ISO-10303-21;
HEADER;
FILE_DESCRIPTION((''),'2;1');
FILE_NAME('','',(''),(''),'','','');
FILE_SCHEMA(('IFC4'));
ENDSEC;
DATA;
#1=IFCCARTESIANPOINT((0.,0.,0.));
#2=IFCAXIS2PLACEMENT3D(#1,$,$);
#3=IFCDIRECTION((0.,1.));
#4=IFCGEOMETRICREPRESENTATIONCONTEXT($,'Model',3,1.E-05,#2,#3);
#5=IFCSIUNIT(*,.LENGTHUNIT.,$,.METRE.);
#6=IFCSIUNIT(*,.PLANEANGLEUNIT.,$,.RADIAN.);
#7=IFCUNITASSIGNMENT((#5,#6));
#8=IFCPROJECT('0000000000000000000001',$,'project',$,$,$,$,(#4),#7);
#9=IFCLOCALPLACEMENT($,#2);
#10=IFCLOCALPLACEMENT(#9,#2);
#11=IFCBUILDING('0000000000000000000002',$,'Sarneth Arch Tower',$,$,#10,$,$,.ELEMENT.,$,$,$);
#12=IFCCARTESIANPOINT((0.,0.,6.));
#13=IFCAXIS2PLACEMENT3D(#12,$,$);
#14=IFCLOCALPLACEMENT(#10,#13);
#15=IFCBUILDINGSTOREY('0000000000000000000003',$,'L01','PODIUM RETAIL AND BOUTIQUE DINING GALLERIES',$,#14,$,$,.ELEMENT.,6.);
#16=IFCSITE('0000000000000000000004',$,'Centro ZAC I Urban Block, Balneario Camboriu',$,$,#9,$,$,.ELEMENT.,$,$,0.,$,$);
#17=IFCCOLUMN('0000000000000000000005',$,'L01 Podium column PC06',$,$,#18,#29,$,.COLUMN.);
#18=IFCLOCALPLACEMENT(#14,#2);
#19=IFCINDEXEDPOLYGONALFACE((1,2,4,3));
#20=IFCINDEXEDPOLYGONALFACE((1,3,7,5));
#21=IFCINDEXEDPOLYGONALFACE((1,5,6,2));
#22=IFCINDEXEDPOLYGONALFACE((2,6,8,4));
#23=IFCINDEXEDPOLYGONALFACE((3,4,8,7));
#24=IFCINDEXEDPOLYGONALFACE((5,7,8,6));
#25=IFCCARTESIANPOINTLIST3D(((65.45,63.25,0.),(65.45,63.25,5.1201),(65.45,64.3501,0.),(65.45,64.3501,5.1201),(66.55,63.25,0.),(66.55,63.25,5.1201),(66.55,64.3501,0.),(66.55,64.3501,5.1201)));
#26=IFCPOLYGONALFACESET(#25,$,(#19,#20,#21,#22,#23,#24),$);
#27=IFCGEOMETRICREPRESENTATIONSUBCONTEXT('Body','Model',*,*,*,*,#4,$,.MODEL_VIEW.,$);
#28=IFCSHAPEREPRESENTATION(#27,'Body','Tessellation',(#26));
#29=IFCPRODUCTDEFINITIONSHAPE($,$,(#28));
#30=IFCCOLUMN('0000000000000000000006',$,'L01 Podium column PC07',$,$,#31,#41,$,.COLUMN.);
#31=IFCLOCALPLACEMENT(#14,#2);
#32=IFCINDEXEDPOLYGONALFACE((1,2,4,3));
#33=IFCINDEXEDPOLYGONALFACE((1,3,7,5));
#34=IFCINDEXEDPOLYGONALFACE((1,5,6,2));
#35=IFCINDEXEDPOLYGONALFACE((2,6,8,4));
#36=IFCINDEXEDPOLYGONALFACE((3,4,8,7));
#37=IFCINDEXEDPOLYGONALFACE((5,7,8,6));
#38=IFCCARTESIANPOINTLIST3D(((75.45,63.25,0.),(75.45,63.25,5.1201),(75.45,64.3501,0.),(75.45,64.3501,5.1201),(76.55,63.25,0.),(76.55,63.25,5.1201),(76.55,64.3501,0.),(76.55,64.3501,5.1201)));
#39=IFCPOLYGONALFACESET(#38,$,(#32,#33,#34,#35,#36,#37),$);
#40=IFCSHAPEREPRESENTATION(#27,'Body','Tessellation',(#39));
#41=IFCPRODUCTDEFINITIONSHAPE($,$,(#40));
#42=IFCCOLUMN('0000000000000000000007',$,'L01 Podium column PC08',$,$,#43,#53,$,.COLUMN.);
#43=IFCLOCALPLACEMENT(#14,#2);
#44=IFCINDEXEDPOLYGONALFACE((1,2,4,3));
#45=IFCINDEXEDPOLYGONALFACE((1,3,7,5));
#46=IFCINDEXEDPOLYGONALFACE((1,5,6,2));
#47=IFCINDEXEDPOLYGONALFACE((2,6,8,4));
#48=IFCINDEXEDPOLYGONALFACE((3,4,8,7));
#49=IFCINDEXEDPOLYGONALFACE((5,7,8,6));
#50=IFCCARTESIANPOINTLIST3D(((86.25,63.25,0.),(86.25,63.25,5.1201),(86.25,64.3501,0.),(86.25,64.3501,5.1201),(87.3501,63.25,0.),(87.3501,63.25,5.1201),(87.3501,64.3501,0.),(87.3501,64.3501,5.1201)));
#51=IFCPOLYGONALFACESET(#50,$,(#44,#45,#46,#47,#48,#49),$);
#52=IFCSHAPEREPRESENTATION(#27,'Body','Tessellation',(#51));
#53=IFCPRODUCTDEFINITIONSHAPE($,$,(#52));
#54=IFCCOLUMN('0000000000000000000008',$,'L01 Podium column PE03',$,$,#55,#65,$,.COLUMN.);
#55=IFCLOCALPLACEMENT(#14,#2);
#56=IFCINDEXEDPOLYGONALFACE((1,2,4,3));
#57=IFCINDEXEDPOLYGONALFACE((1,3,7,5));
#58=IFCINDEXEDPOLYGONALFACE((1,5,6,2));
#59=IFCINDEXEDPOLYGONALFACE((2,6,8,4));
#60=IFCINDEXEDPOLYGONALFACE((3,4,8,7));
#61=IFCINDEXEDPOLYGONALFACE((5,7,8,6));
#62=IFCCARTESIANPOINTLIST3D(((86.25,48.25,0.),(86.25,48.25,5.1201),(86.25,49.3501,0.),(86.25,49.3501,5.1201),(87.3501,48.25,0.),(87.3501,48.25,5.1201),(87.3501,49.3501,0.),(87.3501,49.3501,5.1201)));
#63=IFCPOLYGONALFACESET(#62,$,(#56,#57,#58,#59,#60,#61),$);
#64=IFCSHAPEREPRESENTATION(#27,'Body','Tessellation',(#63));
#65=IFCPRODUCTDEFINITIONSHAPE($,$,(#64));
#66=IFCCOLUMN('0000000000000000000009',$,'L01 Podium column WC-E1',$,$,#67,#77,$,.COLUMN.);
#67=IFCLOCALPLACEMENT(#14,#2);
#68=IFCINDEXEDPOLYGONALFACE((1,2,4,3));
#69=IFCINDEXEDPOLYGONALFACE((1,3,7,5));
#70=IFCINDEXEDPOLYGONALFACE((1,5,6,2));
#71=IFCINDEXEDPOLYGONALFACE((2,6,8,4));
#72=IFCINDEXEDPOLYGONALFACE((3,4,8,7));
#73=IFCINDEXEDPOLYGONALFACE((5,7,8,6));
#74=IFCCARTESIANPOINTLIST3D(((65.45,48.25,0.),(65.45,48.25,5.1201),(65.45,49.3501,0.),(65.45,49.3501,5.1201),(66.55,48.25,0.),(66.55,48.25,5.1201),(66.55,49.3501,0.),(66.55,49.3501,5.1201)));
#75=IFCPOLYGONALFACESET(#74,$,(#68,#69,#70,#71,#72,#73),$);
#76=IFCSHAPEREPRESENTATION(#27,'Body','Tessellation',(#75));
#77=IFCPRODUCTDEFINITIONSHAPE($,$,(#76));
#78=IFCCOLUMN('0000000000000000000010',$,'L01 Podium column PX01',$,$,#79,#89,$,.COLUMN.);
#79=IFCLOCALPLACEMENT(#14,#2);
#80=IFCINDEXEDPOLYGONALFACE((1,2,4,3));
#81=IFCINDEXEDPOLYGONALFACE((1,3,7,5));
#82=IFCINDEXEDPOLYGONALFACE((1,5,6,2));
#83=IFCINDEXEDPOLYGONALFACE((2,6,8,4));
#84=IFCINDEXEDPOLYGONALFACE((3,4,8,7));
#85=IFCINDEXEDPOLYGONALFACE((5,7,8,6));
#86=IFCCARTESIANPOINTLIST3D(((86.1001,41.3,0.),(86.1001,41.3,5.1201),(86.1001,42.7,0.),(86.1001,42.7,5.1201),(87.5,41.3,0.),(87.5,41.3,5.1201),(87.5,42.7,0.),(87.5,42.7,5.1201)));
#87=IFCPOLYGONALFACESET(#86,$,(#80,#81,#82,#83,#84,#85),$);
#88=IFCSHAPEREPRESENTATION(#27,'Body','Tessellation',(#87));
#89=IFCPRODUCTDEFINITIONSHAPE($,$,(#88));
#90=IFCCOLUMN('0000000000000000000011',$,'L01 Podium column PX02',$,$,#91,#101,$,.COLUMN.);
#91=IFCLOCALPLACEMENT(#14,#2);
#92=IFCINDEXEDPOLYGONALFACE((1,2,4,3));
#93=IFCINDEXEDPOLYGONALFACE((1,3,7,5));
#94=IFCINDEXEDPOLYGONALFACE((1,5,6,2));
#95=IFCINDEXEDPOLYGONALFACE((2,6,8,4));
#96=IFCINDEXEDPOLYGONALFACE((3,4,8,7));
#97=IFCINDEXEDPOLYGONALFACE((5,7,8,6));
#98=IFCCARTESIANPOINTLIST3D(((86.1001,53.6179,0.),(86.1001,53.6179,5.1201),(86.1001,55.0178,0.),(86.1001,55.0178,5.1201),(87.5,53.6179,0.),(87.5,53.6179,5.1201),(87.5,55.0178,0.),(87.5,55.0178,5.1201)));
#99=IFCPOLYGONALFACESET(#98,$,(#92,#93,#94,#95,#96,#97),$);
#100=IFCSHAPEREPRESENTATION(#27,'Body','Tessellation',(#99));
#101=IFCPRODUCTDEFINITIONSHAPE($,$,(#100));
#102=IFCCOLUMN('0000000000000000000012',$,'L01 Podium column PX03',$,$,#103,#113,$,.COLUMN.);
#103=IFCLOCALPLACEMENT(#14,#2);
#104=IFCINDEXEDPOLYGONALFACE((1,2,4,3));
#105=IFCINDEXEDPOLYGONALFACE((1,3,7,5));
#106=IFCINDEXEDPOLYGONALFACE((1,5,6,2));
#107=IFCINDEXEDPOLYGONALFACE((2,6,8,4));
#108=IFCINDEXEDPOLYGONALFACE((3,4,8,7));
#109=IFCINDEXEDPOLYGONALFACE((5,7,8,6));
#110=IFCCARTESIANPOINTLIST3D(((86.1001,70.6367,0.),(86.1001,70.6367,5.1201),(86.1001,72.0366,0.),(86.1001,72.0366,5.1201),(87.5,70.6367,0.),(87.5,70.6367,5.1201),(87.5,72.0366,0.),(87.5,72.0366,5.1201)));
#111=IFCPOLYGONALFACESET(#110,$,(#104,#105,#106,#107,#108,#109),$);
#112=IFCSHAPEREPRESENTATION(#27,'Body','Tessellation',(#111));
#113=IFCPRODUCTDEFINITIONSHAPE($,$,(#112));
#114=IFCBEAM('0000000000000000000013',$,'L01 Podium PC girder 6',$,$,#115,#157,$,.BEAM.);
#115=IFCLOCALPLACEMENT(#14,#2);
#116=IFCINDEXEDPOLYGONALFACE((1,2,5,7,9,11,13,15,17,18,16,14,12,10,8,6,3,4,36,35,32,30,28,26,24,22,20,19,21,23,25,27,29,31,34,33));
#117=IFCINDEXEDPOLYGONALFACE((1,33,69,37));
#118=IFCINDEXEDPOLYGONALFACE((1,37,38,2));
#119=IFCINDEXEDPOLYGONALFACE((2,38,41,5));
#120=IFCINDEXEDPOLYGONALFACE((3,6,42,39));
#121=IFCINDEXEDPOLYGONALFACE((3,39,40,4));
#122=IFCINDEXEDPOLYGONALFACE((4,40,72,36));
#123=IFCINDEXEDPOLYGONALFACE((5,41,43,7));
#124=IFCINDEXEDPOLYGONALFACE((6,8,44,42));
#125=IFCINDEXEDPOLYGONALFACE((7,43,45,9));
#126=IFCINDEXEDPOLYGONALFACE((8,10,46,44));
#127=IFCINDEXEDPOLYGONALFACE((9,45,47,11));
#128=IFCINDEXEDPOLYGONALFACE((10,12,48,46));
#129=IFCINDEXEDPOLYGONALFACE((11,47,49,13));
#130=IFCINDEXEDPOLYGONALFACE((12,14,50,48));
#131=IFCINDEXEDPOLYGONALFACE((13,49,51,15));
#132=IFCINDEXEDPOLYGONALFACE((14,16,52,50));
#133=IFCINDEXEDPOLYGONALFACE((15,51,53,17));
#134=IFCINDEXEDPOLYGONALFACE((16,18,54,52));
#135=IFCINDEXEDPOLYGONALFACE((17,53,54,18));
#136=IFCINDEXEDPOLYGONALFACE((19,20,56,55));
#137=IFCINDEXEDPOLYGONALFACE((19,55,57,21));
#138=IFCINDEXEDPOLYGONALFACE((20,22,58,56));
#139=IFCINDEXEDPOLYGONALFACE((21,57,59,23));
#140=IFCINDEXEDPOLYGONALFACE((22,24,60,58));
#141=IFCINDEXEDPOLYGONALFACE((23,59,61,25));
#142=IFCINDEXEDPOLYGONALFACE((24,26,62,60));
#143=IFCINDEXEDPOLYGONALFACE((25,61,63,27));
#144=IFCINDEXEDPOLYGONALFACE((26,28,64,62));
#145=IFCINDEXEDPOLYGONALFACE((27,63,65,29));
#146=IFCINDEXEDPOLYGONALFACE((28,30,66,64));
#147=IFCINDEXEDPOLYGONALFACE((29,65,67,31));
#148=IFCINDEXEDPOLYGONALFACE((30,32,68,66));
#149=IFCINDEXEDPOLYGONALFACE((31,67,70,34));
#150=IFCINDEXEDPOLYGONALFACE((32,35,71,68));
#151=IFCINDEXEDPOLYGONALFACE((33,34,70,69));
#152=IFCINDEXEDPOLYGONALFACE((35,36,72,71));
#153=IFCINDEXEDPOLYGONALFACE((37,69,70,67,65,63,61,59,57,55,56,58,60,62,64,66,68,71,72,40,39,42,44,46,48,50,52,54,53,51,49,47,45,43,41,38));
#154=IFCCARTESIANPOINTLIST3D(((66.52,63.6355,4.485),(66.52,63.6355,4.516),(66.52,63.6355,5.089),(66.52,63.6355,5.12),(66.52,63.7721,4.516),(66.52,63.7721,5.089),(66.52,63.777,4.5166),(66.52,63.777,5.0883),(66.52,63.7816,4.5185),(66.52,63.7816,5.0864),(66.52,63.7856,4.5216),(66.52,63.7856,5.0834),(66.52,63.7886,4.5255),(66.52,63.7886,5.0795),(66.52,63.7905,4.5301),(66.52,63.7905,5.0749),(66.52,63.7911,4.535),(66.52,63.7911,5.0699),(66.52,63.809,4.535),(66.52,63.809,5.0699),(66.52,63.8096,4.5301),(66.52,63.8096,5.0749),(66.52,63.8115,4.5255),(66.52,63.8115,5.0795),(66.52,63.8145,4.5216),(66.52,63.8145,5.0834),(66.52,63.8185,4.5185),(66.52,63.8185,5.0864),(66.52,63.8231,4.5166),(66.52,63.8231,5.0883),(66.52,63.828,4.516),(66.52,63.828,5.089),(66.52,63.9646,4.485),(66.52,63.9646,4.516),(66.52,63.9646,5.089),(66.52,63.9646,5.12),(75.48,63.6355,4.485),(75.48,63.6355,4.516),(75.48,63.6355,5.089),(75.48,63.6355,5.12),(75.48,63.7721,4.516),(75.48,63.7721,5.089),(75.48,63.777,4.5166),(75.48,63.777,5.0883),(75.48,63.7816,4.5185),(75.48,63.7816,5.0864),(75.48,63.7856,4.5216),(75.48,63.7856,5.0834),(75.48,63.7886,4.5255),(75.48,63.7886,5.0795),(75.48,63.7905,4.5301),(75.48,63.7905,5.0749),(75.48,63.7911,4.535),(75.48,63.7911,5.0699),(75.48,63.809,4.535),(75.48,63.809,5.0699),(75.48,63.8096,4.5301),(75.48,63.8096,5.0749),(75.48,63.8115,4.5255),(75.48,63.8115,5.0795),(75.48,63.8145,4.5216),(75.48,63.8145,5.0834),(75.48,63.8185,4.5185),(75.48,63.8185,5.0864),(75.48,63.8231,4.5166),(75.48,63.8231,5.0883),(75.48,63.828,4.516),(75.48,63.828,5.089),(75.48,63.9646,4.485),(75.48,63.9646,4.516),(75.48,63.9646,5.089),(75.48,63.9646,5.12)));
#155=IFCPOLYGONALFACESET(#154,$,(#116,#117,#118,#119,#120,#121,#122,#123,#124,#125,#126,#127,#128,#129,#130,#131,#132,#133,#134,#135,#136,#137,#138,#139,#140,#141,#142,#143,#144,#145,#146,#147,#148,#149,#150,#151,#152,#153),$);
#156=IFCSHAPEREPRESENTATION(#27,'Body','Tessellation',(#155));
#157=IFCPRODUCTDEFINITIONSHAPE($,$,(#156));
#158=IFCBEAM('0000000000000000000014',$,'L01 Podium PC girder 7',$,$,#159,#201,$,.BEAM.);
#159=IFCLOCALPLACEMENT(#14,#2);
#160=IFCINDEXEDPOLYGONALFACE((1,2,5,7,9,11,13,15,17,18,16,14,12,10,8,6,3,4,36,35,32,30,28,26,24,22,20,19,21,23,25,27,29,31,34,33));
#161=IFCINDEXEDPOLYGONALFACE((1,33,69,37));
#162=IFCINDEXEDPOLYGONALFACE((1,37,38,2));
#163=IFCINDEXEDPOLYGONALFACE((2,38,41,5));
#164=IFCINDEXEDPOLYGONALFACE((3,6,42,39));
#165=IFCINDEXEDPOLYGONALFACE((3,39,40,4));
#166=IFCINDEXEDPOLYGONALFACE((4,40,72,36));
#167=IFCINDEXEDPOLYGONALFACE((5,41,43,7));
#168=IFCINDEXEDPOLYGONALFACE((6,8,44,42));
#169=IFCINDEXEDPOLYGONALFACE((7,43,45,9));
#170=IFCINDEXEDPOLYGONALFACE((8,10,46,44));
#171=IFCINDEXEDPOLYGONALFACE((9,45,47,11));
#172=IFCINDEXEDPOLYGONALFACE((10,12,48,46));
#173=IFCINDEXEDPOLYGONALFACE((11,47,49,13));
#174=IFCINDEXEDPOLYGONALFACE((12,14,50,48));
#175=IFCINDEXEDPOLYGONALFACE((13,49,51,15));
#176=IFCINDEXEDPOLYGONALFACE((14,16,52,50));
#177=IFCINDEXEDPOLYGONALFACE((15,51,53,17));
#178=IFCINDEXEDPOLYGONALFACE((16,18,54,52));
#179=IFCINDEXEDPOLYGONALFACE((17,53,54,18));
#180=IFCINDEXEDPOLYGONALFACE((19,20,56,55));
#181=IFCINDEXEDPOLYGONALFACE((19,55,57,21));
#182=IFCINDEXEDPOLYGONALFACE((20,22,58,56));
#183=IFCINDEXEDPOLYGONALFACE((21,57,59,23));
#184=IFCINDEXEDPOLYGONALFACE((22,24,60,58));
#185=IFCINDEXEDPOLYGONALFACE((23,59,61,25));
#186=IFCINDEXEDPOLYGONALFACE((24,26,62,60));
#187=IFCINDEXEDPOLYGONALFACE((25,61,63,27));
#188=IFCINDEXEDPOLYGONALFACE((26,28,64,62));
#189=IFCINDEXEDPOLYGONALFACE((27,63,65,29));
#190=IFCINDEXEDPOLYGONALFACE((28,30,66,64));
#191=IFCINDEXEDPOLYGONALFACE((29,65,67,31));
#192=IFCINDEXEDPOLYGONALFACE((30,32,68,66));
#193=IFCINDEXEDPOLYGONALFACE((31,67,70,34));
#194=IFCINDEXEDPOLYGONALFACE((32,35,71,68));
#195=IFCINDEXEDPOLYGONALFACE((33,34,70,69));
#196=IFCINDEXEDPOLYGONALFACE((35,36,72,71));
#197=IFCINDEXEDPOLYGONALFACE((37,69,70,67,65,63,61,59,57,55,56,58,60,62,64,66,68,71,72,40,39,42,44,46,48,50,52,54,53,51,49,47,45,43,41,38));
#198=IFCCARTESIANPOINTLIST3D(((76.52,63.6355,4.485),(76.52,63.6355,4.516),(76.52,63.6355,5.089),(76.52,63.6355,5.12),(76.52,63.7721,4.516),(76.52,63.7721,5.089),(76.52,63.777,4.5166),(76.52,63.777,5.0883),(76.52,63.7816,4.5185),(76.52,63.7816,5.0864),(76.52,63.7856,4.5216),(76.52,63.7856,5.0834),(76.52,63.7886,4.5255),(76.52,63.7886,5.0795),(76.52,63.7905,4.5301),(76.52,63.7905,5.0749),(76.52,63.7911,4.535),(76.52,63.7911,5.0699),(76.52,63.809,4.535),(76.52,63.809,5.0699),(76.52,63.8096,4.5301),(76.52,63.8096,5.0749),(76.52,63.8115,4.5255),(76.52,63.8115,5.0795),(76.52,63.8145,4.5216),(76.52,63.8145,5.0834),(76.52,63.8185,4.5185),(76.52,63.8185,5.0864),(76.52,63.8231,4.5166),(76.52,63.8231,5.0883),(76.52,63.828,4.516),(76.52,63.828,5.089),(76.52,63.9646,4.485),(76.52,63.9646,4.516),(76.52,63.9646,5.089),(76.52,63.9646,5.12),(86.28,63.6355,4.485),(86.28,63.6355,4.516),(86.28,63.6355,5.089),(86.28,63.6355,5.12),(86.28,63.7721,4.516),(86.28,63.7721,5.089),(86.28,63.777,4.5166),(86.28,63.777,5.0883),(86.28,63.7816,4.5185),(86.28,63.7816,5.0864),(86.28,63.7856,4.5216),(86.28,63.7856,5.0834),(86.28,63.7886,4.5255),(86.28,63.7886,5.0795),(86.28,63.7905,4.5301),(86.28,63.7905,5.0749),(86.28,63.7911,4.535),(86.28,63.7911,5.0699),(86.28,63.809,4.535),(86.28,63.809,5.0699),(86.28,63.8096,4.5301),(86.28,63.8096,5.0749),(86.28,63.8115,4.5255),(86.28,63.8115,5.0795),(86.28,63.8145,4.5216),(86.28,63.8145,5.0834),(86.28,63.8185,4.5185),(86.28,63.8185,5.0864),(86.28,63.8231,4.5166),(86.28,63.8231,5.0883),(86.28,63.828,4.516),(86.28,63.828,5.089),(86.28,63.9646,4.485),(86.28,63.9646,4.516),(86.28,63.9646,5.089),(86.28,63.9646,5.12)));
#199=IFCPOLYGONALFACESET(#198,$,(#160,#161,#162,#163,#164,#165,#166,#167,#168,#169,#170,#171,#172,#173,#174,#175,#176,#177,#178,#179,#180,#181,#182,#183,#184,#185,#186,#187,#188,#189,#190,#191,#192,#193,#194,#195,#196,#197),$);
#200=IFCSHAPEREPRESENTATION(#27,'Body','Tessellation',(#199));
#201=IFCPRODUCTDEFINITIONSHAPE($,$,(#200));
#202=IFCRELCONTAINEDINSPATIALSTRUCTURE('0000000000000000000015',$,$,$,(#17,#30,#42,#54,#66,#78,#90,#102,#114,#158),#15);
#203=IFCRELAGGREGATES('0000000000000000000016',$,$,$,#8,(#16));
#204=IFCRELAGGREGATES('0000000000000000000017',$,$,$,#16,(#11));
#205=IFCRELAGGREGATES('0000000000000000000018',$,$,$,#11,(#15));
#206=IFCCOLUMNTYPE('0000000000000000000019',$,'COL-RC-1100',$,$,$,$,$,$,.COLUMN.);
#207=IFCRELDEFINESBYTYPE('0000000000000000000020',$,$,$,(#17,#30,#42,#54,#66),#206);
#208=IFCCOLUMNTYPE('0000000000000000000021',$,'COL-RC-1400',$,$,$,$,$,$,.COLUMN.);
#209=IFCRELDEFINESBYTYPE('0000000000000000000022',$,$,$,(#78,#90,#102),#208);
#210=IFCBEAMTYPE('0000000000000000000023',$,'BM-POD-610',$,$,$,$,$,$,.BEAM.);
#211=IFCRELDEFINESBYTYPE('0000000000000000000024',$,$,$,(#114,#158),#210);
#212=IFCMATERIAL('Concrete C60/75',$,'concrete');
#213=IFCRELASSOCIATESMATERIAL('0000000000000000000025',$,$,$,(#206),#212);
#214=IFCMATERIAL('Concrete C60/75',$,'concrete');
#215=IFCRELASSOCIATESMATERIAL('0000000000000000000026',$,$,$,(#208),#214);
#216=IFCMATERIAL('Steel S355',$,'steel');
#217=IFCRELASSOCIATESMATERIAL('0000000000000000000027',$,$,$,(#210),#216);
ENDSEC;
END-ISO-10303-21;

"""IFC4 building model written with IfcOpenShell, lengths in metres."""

from ifc_helpers import new_model, si_unit, direction, frame, origin, origin_2d, place, context, subcontext, project, spatial, rectangle, i_section, extrude, material, material_profile, profile_set, type_object, element, save


model = new_model("IFC4")

# Units and contexts
model_context = context("Model", 3, precision=1e-05, world=origin(), true_north=direction((0.0, 1.0)))
body_context = subcontext(model_context, "Body", "Model", "MODEL_VIEW")
ifc_project = project(units=[si_unit("LENGTHUNIT", "METRE"), si_unit("PLANEANGLEUNIT", "RADIAN")], contexts=[model_context])

# Site, building, storey
site_placement = place(None, origin())
site = spatial("IfcSite", under=ifc_project, at=site_placement, Name="Centro ZAC I Urban Block, Balneario Camboriu", CompositionType="ELEMENT", RefElevation=0.0)
building_placement = place(site_placement, origin())
building = spatial("IfcBuilding", under=site, at=building_placement, Name="Sarneth Arch Tower", CompositionType="ELEMENT")
storey_placement = place(building_placement, frame((0.0, 0.0, 6.0)))
storey = spatial("IfcBuildingStorey", under=building, at=storey_placement, Name="L01", Description="PODIUM RETAIL AND BOUTIQUE DINING GALLERIES", CompositionType="ELEMENT", Elevation=6.0)

# Columns
ifc_material_1 = material(Name="Concrete C60/75", Category="concrete")
ifc_material_profile_1 = material_profile(ifc_material_1, rectangle(XDim=1.1001, YDim=1.1001, at=origin_2d()), Name="RC-1100x1100")
ifc_profile_set_1 = profile_set([ifc_material_profile_1], Name="Concrete C60/75")
column_type_1 = type_object("IfcColumnType", Name="COL-RC-1100", PredefinedType="COLUMN", material=ifc_profile_set_1)
for number, where, z_axis, x_axis, name in (
    (1, (66.0, 63.8, 0.0), (0.0, 0.0, 1.0), (1.0, 0.0, 0.0), "L01 Podium column PC06"),
    (2, (76.0, 63.8, 0.0), (0.0, 0.0, 1.0), (1.0, 0.0, 0.0), "L01 Podium column PC07"),
    (3, (86.8, 63.8, 0.0), (0.0, 0.0, 1.0), (1.0, 0.0, 0.0), "L01 Podium column PC08"),
    (4, (86.8, 48.8, 0.0), (0.0, 0.0, 1.0), (1.0, 0.0, 0.0), "L01 Podium column PE03"),
    (5, (66.0, 48.8, 0.0), (0.0, 0.0, 1.0), (1.0, 0.0, 0.0), "L01 Podium column WC-E1"),
):
    element("IfcColumn", number, at=place(storey_placement, frame(where, z_axis=z_axis, x_axis=x_axis)), inside=storey, type_object=column_type_1, Name=name, PredefinedType="COLUMN", context=body_context, shape_type="SweptSolid", body=[
        extrude(rectangle(XDim=1.1001, YDim=1.1001, at=origin_2d()), origin(), (0.0, 0.0, 1.0), 5.1201),
    ])
ifc_material_2 = material(Name="Concrete C60/75", Category="concrete")
ifc_material_profile_2 = material_profile(ifc_material_2, rectangle(XDim=1.3999, YDim=1.3999, at=origin_2d()), Name="RC-1400x1400")
ifc_profile_set_2 = profile_set([ifc_material_profile_2], Name="Concrete C60/75")
column_type_2 = type_object("IfcColumnType", Name="COL-RC-1400", PredefinedType="COLUMN", material=ifc_profile_set_2)
for number, where, z_axis, x_axis, name in (
    (6, (86.8, 42.0, 0.0), (0.0, 0.0, 1.0), (1.0, 0.0, 0.0), "L01 Podium column PX01"),
    (7, (86.8, 54.3179, 0.0), (0.0, 0.0, 1.0), (1.0, 0.0, 0.0), "L01 Podium column PX02"),
    (8, (86.8, 71.3367, 0.0), (0.0, 0.0, 1.0), (1.0, 0.0, 0.0), "L01 Podium column PX03"),
):
    element("IfcColumn", number, at=place(storey_placement, frame(where, z_axis=z_axis, x_axis=x_axis)), inside=storey, type_object=column_type_2, Name=name, PredefinedType="COLUMN", context=body_context, shape_type="SweptSolid", body=[
        extrude(rectangle(XDim=1.3999, YDim=1.3999, at=origin_2d()), origin(), (0.0, 0.0, 1.0), 5.1201),
    ])

# Beams
ifc_material_3 = material(Name="Steel S355", Category="steel")
ifc_material_profile_3 = material_profile(ifc_material_3, i_section(OverallWidth=0.3291, OverallDepth=0.635, WebThickness=0.0178, FlangeThickness=0.031, FilletRadius=0.019, at=origin_2d()), Name="W610x241")
ifc_profile_set_3 = profile_set([ifc_material_profile_3], Name="Steel S355")
beam_type = type_object("IfcBeamType", Name="BM-POD-610", PredefinedType="BEAM", material=ifc_profile_set_3)
beam_1_placement = place(storey_placement, frame((66.52, 63.8, 4.8025), z_axis=(1.0, 0.0, 0.0), x_axis=(0.0, 1.0, 0.0)))
element("IfcBeam", 9, at=beam_1_placement, inside=storey, type_object=beam_type, Name="L01 Podium PC girder 6", PredefinedType="BEAM", context=body_context, shape_type="SweptSolid", body=[
    extrude(i_section(OverallWidth=0.3291, OverallDepth=0.635, WebThickness=0.0178, FlangeThickness=0.031, FilletRadius=0.019, at=origin_2d()), origin(), (0.0, 0.0, 1.0), 8.96),
])
beam_2_placement = place(storey_placement, frame((76.52, 63.8, 4.8025), z_axis=(1.0, 0.0, 0.0), x_axis=(0.0, 1.0, 0.0)))
element("IfcBeam", 10, at=beam_2_placement, inside=storey, type_object=beam_type, Name="L01 Podium PC girder 7", PredefinedType="BEAM", context=body_context, shape_type="SweptSolid", body=[
    extrude(i_section(OverallWidth=0.3291, OverallDepth=0.635, WebThickness=0.0178, FlangeThickness=0.031, FilletRadius=0.019, at=origin_2d()), origin(), (0.0, 0.0, 1.0), 9.76),
])

save(model, "model.ifc")
